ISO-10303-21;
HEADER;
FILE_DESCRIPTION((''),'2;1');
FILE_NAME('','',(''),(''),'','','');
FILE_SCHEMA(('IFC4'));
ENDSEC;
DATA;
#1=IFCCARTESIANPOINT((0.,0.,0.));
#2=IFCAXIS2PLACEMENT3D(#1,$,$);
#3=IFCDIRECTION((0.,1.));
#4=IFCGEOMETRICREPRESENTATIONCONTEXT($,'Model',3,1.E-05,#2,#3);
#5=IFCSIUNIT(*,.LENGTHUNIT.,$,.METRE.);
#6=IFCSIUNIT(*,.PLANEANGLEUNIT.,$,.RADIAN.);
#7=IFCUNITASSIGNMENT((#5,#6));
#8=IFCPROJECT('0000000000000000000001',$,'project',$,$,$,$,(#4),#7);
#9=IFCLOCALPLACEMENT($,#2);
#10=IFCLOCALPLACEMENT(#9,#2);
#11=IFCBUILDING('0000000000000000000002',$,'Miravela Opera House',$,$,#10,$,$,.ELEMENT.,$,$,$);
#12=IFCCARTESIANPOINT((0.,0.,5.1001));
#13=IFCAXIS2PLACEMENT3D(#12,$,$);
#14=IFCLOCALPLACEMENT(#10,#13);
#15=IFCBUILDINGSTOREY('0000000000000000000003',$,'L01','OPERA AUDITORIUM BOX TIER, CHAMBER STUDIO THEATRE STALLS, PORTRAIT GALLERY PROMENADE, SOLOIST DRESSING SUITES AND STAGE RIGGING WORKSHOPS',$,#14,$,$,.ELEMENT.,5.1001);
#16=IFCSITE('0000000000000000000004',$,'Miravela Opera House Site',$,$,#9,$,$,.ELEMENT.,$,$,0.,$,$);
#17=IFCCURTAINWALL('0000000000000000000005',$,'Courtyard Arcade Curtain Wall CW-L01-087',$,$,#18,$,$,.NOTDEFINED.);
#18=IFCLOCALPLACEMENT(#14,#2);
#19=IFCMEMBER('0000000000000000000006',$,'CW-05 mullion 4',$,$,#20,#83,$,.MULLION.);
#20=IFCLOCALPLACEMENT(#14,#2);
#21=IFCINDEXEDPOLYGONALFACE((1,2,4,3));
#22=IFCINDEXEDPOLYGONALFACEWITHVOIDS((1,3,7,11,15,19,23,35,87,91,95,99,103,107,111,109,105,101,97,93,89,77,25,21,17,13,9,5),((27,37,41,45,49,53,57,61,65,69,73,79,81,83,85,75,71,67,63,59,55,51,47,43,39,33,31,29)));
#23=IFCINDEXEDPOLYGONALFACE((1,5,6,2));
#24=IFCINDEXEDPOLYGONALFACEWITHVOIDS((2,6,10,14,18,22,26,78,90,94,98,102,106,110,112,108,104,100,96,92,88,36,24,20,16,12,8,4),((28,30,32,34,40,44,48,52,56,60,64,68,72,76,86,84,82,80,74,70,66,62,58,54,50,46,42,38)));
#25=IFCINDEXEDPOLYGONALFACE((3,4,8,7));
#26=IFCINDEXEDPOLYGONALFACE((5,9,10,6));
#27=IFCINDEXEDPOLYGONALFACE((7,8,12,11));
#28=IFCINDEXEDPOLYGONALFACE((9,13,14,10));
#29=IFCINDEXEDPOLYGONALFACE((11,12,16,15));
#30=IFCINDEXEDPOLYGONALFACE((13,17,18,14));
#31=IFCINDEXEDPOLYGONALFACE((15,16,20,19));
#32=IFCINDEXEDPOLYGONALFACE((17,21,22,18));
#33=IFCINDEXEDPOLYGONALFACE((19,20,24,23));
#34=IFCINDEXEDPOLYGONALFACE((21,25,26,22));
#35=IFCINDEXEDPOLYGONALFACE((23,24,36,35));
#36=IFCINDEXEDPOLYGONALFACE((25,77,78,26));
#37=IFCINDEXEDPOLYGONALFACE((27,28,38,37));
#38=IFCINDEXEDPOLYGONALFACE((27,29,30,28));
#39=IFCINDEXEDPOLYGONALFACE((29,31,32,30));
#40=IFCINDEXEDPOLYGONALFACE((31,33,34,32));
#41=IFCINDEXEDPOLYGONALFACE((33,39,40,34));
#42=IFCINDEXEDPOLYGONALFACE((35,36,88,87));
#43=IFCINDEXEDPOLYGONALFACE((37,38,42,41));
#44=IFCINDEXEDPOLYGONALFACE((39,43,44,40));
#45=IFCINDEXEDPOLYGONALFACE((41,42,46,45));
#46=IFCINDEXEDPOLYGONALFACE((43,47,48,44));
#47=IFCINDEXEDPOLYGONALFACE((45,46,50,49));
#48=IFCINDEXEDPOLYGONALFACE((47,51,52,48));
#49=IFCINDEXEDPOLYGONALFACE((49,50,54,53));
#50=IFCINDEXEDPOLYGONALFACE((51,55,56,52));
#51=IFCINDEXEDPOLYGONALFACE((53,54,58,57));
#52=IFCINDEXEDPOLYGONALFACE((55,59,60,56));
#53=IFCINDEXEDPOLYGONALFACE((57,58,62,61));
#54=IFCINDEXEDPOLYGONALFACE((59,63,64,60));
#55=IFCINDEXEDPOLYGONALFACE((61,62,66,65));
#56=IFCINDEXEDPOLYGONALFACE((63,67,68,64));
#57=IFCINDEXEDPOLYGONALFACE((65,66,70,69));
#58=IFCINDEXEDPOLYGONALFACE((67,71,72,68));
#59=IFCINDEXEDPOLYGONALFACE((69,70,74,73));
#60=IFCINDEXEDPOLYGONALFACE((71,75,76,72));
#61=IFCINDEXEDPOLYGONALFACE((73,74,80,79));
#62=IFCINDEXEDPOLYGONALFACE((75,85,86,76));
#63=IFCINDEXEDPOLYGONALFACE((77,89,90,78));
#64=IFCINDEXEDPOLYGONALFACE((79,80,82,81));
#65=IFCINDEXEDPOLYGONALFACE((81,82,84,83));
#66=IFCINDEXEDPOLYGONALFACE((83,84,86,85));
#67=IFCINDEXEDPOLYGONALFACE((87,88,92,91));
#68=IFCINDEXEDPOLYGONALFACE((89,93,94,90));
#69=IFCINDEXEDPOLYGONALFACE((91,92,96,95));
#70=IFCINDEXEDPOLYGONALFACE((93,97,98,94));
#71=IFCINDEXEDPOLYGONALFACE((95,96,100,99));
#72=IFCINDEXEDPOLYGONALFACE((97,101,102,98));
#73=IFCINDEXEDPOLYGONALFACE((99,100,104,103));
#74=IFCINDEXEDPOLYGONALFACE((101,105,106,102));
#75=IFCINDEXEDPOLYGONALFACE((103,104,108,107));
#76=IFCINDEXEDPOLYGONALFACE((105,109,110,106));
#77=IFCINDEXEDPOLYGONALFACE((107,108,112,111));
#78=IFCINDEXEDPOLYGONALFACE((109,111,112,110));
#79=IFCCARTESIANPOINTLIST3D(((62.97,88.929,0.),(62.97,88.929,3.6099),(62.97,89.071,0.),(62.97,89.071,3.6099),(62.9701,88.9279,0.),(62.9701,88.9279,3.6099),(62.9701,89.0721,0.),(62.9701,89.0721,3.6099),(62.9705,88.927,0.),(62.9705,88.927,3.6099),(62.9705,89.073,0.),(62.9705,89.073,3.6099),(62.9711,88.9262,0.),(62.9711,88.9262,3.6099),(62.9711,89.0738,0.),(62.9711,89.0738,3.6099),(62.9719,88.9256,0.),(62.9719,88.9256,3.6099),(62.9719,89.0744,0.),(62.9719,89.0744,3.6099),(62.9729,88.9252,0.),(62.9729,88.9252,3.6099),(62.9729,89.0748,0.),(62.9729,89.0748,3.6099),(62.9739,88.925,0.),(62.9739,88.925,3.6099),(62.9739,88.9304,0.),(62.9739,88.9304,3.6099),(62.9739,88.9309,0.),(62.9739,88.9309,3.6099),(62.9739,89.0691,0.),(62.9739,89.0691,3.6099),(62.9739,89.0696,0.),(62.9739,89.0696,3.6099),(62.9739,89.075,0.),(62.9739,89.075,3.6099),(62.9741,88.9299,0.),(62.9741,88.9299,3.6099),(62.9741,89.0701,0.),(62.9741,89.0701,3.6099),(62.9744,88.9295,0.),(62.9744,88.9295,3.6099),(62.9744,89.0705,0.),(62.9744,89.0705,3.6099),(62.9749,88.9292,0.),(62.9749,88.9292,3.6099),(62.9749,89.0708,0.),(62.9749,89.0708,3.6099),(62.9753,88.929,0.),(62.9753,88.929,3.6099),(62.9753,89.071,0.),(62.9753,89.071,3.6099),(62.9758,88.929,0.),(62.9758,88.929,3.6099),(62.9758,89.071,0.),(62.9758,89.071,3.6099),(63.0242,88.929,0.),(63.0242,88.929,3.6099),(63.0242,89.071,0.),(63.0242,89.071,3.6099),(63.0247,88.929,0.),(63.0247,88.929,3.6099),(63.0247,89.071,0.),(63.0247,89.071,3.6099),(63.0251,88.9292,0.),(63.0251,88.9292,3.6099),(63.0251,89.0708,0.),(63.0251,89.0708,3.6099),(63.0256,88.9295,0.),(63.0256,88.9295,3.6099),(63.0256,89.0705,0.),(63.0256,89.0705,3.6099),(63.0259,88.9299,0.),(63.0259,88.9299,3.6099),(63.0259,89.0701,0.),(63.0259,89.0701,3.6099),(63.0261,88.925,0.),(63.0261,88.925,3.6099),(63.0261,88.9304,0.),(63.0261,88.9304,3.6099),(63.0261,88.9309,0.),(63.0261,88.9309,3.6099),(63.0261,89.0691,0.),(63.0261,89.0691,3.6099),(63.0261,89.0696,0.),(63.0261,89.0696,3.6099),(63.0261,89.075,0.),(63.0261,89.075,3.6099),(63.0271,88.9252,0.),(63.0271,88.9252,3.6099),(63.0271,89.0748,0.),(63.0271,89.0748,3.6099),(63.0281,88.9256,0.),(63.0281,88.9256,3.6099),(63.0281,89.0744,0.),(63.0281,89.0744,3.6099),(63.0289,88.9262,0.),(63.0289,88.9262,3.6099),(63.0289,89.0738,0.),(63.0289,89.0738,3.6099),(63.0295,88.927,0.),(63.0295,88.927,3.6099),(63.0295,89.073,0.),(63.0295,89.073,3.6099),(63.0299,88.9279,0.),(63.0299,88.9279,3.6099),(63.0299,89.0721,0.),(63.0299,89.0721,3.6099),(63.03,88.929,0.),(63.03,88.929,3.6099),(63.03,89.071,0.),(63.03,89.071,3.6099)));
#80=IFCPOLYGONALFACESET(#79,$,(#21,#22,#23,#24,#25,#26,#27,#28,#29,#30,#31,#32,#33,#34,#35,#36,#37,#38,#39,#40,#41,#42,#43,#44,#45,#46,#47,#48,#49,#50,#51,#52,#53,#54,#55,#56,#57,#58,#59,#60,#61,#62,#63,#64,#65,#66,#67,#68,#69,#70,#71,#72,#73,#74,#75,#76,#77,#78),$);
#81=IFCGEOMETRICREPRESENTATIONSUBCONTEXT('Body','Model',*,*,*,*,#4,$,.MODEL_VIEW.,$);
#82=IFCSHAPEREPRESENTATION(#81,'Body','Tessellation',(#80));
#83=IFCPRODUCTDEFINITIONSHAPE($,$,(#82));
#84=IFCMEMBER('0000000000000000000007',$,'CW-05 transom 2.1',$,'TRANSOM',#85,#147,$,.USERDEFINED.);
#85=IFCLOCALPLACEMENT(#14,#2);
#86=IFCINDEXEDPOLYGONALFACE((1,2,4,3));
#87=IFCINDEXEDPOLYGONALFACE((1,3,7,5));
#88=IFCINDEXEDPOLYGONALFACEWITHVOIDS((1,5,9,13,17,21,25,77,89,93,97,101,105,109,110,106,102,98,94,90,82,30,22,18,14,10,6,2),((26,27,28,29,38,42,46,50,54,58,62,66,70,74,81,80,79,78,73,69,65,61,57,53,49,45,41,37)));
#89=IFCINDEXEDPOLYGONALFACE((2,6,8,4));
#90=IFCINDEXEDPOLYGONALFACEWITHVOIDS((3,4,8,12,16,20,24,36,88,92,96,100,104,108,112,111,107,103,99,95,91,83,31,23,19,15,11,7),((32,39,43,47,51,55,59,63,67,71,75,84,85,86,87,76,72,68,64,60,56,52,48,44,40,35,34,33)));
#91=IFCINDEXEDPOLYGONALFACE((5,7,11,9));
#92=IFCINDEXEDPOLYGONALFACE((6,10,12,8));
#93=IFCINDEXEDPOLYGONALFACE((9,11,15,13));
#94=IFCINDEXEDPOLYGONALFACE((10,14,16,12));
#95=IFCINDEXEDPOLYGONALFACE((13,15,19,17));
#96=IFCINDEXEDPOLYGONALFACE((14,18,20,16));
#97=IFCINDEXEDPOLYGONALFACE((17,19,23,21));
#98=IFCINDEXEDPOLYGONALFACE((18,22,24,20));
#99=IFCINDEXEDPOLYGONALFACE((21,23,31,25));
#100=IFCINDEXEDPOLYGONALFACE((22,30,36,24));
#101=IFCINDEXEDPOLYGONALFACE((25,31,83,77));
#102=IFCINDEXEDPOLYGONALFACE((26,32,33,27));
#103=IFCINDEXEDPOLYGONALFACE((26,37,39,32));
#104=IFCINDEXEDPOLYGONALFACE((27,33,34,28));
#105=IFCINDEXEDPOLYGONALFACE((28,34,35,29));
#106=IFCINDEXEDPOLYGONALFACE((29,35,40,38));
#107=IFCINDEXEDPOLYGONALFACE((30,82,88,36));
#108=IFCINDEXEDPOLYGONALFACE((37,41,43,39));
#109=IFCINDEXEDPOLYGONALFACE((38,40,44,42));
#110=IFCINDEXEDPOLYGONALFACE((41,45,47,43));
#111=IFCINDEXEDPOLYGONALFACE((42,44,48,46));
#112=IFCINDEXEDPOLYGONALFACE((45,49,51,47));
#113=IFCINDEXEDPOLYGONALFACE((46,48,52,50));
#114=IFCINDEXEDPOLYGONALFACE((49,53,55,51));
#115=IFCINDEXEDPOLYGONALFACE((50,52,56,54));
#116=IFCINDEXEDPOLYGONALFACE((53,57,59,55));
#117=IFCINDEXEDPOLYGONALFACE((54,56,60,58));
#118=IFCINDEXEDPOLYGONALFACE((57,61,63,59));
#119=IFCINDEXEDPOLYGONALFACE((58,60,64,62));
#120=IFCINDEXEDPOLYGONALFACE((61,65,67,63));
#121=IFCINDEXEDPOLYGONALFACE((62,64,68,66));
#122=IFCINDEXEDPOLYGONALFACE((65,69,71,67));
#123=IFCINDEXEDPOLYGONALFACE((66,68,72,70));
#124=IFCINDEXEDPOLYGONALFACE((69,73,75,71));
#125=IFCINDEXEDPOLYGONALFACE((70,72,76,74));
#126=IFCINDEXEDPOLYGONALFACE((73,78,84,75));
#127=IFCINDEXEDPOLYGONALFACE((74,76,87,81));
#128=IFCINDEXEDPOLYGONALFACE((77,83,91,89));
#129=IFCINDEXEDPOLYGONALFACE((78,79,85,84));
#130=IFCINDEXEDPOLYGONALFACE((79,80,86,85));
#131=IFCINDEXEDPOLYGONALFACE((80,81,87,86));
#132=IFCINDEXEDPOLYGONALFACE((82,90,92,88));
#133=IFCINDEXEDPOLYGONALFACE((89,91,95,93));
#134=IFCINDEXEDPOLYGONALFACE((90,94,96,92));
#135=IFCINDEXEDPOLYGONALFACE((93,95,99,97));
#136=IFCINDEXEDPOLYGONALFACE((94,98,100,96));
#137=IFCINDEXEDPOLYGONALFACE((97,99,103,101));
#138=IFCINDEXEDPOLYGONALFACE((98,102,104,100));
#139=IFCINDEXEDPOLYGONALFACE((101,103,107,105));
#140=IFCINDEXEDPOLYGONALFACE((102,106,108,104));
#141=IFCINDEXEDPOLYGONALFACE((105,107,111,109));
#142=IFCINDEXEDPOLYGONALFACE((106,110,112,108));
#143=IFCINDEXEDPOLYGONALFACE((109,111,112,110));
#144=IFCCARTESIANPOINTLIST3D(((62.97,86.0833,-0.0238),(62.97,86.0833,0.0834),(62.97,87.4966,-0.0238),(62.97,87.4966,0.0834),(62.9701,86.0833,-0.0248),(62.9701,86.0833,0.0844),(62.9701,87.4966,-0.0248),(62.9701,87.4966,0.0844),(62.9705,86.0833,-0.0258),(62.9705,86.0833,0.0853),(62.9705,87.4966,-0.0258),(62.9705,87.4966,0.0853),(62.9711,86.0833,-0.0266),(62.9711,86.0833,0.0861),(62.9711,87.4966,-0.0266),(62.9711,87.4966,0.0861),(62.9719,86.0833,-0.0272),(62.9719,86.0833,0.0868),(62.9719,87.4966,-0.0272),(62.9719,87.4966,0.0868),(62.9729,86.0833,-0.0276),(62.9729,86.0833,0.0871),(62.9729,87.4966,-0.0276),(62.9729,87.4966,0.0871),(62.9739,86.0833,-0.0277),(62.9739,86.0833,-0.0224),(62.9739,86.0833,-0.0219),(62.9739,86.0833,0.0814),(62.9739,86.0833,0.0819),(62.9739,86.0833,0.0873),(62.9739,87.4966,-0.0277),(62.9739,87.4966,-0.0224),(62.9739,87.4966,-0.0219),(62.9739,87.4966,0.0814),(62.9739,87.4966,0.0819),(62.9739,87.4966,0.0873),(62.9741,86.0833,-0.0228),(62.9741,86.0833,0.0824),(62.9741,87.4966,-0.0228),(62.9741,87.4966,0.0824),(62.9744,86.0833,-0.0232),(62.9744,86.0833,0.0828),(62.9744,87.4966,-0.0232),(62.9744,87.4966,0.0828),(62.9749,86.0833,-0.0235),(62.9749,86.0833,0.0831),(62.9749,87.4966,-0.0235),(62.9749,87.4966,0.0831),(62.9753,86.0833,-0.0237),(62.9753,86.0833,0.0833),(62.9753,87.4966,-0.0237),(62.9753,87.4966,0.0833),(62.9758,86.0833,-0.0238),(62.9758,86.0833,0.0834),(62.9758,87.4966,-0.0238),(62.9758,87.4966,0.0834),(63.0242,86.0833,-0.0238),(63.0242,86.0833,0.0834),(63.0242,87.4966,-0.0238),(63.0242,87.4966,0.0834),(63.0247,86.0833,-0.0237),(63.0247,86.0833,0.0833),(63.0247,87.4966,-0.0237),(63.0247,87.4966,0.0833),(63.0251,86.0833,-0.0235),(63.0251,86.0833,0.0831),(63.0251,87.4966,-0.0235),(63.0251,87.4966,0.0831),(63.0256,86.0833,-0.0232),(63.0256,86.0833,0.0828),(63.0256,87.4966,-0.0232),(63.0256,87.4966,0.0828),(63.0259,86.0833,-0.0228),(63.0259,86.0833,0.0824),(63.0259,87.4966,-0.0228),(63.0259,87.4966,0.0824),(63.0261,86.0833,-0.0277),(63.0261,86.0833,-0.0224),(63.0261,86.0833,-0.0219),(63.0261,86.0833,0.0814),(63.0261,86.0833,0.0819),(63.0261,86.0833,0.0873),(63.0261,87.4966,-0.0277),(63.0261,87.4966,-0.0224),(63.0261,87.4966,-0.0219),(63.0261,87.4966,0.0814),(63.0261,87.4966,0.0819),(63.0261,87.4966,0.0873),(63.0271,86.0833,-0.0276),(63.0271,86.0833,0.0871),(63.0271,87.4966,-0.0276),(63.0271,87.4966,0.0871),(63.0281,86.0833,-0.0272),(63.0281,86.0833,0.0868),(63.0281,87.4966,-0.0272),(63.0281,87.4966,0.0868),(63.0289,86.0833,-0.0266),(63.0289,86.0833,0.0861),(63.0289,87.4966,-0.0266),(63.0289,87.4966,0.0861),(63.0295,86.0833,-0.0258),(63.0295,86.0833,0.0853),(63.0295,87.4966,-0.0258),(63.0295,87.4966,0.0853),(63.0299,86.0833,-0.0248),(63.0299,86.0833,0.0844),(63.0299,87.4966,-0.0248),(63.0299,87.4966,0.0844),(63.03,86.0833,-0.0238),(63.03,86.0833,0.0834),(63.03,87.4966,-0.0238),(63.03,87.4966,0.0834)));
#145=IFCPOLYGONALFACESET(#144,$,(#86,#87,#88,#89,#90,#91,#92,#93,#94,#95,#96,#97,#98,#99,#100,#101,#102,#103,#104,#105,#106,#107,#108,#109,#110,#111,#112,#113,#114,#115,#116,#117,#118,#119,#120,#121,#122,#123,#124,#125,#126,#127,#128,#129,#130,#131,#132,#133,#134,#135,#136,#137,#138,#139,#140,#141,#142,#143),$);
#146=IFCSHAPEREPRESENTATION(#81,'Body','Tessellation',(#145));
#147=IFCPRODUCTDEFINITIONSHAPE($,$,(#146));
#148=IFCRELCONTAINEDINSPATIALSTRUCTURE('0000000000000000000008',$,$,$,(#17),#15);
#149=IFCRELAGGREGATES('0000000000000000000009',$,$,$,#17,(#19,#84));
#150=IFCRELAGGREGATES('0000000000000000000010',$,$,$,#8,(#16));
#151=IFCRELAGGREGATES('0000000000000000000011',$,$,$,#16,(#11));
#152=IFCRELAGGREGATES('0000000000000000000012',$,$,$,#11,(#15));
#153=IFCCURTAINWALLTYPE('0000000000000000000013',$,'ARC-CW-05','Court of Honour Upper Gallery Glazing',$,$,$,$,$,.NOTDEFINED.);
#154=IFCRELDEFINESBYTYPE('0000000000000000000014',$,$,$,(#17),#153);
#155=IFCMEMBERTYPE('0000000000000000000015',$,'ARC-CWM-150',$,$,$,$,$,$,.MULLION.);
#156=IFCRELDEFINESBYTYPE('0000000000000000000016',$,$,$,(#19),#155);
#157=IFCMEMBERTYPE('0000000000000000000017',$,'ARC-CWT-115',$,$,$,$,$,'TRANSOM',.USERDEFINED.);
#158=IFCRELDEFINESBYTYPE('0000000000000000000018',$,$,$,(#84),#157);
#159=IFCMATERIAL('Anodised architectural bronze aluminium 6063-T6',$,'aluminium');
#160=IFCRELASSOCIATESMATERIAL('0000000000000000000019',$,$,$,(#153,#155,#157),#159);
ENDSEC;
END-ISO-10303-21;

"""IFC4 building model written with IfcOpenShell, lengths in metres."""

from ifc_helpers import new_model, si_unit, direction, frame, origin, origin_2d, place, context, subcontext, project, spatial, hollow_rectangle, extrude, material, material_profile, profile_set, type_object, element, aggregate, save


model = new_model("IFC4")

# Units and contexts
model_context = context("Model", 3, precision=1e-05, world=origin(), true_north=direction((0.0, 1.0)))
body_context = subcontext(model_context, "Body", "Model", "MODEL_VIEW")
ifc_project = project(units=[si_unit("LENGTHUNIT", "METRE"), si_unit("PLANEANGLEUNIT", "RADIAN")], contexts=[model_context])

# Site, building, storey
site_placement = place(None, origin())
site = spatial("IfcSite", under=ifc_project, at=site_placement, Name="Miravela Opera House Site", CompositionType="ELEMENT", RefElevation=0.0)
building_placement = place(site_placement, origin())
building = spatial("IfcBuilding", under=site, at=building_placement, Name="Miravela Opera House", CompositionType="ELEMENT")
storey_placement = place(building_placement, frame((0.0, 0.0, 5.1001)))
storey = spatial("IfcBuildingStorey", under=building, at=storey_placement, Name="L01", Description="OPERA AUDITORIUM BOX TIER, CHAMBER STUDIO THEATRE STALLS, PORTRAIT GALLERY PROMENADE, SOLOIST DRESSING SUITES AND STAGE RIGGING WORKSHOPS", CompositionType="ELEMENT", Elevation=5.1001)

# Curtain wall, members
ifc_material_1 = material(Name="Anodised architectural bronze aluminium 6063-T6", Category="aluminium")
curtain_wall_type = type_object("IfcCurtainWallType", Name="ARC-CW-05", Description="Court of Honour Upper Gallery Glazing", PredefinedType="NOTDEFINED", material=ifc_material_1)
curtain_wall_placement = place(storey_placement, origin())
curtain_wall = element("IfcCurtainWall", 1, at=curtain_wall_placement, inside=storey, type_object=curtain_wall_type, Name="Courtyard Arcade Curtain Wall CW-L01-087", PredefinedType="NOTDEFINED")
ifc_material_profile_1 = material_profile(ifc_material_1, hollow_rectangle(XDim=0.0601, YDim=0.1499, WallThickness=0.0039, InnerFilletRadius=0.002, OuterFilletRadius=0.0039, at=origin_2d()), Name="CWM-60X150")
ifc_profile_set_1 = profile_set([ifc_material_profile_1])
member_type_1 = type_object("IfcMemberType", Name="ARC-CWM-150", PredefinedType="MULLION", material=ifc_profile_set_1)
member_1_placement = place(storey_placement, frame((63.0, 89.0, 0.0), z_axis=(0.0, 0.0, 1.0), x_axis=(-1.0, 0.0, 0.0)))
member_1 = element("IfcMember", 2, at=member_1_placement, type_object=member_type_1, Name="CW-05 mullion 4", PredefinedType="MULLION", context=body_context, shape_type="SweptSolid", body=[
    extrude(hollow_rectangle(XDim=0.0601, YDim=0.1499, WallThickness=0.0039, InnerFilletRadius=0.002, OuterFilletRadius=0.0039, at=origin_2d()), origin(), (0.0, 0.0, 1.0), 3.6099),
])
ifc_material_profile_2 = material_profile(ifc_material_1, hollow_rectangle(XDim=0.0601, YDim=0.115, WallThickness=0.0039, InnerFilletRadius=0.002, OuterFilletRadius=0.0039, at=origin_2d()), Name="CWT-60X115")
ifc_profile_set_2 = profile_set([ifc_material_profile_2])
member_type_2 = type_object("IfcMemberType", Name="ARC-CWT-115", ElementType="TRANSOM", PredefinedType="USERDEFINED", material=ifc_profile_set_2)
member_2_placement = place(storey_placement, frame((63.0, 86.0833, 0.0298), z_axis=(0.0, 1.0, 0.0), x_axis=(-1.0, 0.0, 0.0)))
member_2 = element("IfcMember", 3, at=member_2_placement, type_object=member_type_2, Name="CW-05 transom 2.1", ObjectType="TRANSOM", PredefinedType="USERDEFINED", context=body_context, shape_type="SweptSolid", body=[
    extrude(hollow_rectangle(XDim=0.0601, YDim=0.115, WallThickness=0.0039, InnerFilletRadius=0.002, OuterFilletRadius=0.0039, at=origin_2d()), origin(), (0.0, 0.0, 1.0), 1.4133),
])
aggregate(curtain_wall, [member_1, member_2])

save(model, "model.ifc")
